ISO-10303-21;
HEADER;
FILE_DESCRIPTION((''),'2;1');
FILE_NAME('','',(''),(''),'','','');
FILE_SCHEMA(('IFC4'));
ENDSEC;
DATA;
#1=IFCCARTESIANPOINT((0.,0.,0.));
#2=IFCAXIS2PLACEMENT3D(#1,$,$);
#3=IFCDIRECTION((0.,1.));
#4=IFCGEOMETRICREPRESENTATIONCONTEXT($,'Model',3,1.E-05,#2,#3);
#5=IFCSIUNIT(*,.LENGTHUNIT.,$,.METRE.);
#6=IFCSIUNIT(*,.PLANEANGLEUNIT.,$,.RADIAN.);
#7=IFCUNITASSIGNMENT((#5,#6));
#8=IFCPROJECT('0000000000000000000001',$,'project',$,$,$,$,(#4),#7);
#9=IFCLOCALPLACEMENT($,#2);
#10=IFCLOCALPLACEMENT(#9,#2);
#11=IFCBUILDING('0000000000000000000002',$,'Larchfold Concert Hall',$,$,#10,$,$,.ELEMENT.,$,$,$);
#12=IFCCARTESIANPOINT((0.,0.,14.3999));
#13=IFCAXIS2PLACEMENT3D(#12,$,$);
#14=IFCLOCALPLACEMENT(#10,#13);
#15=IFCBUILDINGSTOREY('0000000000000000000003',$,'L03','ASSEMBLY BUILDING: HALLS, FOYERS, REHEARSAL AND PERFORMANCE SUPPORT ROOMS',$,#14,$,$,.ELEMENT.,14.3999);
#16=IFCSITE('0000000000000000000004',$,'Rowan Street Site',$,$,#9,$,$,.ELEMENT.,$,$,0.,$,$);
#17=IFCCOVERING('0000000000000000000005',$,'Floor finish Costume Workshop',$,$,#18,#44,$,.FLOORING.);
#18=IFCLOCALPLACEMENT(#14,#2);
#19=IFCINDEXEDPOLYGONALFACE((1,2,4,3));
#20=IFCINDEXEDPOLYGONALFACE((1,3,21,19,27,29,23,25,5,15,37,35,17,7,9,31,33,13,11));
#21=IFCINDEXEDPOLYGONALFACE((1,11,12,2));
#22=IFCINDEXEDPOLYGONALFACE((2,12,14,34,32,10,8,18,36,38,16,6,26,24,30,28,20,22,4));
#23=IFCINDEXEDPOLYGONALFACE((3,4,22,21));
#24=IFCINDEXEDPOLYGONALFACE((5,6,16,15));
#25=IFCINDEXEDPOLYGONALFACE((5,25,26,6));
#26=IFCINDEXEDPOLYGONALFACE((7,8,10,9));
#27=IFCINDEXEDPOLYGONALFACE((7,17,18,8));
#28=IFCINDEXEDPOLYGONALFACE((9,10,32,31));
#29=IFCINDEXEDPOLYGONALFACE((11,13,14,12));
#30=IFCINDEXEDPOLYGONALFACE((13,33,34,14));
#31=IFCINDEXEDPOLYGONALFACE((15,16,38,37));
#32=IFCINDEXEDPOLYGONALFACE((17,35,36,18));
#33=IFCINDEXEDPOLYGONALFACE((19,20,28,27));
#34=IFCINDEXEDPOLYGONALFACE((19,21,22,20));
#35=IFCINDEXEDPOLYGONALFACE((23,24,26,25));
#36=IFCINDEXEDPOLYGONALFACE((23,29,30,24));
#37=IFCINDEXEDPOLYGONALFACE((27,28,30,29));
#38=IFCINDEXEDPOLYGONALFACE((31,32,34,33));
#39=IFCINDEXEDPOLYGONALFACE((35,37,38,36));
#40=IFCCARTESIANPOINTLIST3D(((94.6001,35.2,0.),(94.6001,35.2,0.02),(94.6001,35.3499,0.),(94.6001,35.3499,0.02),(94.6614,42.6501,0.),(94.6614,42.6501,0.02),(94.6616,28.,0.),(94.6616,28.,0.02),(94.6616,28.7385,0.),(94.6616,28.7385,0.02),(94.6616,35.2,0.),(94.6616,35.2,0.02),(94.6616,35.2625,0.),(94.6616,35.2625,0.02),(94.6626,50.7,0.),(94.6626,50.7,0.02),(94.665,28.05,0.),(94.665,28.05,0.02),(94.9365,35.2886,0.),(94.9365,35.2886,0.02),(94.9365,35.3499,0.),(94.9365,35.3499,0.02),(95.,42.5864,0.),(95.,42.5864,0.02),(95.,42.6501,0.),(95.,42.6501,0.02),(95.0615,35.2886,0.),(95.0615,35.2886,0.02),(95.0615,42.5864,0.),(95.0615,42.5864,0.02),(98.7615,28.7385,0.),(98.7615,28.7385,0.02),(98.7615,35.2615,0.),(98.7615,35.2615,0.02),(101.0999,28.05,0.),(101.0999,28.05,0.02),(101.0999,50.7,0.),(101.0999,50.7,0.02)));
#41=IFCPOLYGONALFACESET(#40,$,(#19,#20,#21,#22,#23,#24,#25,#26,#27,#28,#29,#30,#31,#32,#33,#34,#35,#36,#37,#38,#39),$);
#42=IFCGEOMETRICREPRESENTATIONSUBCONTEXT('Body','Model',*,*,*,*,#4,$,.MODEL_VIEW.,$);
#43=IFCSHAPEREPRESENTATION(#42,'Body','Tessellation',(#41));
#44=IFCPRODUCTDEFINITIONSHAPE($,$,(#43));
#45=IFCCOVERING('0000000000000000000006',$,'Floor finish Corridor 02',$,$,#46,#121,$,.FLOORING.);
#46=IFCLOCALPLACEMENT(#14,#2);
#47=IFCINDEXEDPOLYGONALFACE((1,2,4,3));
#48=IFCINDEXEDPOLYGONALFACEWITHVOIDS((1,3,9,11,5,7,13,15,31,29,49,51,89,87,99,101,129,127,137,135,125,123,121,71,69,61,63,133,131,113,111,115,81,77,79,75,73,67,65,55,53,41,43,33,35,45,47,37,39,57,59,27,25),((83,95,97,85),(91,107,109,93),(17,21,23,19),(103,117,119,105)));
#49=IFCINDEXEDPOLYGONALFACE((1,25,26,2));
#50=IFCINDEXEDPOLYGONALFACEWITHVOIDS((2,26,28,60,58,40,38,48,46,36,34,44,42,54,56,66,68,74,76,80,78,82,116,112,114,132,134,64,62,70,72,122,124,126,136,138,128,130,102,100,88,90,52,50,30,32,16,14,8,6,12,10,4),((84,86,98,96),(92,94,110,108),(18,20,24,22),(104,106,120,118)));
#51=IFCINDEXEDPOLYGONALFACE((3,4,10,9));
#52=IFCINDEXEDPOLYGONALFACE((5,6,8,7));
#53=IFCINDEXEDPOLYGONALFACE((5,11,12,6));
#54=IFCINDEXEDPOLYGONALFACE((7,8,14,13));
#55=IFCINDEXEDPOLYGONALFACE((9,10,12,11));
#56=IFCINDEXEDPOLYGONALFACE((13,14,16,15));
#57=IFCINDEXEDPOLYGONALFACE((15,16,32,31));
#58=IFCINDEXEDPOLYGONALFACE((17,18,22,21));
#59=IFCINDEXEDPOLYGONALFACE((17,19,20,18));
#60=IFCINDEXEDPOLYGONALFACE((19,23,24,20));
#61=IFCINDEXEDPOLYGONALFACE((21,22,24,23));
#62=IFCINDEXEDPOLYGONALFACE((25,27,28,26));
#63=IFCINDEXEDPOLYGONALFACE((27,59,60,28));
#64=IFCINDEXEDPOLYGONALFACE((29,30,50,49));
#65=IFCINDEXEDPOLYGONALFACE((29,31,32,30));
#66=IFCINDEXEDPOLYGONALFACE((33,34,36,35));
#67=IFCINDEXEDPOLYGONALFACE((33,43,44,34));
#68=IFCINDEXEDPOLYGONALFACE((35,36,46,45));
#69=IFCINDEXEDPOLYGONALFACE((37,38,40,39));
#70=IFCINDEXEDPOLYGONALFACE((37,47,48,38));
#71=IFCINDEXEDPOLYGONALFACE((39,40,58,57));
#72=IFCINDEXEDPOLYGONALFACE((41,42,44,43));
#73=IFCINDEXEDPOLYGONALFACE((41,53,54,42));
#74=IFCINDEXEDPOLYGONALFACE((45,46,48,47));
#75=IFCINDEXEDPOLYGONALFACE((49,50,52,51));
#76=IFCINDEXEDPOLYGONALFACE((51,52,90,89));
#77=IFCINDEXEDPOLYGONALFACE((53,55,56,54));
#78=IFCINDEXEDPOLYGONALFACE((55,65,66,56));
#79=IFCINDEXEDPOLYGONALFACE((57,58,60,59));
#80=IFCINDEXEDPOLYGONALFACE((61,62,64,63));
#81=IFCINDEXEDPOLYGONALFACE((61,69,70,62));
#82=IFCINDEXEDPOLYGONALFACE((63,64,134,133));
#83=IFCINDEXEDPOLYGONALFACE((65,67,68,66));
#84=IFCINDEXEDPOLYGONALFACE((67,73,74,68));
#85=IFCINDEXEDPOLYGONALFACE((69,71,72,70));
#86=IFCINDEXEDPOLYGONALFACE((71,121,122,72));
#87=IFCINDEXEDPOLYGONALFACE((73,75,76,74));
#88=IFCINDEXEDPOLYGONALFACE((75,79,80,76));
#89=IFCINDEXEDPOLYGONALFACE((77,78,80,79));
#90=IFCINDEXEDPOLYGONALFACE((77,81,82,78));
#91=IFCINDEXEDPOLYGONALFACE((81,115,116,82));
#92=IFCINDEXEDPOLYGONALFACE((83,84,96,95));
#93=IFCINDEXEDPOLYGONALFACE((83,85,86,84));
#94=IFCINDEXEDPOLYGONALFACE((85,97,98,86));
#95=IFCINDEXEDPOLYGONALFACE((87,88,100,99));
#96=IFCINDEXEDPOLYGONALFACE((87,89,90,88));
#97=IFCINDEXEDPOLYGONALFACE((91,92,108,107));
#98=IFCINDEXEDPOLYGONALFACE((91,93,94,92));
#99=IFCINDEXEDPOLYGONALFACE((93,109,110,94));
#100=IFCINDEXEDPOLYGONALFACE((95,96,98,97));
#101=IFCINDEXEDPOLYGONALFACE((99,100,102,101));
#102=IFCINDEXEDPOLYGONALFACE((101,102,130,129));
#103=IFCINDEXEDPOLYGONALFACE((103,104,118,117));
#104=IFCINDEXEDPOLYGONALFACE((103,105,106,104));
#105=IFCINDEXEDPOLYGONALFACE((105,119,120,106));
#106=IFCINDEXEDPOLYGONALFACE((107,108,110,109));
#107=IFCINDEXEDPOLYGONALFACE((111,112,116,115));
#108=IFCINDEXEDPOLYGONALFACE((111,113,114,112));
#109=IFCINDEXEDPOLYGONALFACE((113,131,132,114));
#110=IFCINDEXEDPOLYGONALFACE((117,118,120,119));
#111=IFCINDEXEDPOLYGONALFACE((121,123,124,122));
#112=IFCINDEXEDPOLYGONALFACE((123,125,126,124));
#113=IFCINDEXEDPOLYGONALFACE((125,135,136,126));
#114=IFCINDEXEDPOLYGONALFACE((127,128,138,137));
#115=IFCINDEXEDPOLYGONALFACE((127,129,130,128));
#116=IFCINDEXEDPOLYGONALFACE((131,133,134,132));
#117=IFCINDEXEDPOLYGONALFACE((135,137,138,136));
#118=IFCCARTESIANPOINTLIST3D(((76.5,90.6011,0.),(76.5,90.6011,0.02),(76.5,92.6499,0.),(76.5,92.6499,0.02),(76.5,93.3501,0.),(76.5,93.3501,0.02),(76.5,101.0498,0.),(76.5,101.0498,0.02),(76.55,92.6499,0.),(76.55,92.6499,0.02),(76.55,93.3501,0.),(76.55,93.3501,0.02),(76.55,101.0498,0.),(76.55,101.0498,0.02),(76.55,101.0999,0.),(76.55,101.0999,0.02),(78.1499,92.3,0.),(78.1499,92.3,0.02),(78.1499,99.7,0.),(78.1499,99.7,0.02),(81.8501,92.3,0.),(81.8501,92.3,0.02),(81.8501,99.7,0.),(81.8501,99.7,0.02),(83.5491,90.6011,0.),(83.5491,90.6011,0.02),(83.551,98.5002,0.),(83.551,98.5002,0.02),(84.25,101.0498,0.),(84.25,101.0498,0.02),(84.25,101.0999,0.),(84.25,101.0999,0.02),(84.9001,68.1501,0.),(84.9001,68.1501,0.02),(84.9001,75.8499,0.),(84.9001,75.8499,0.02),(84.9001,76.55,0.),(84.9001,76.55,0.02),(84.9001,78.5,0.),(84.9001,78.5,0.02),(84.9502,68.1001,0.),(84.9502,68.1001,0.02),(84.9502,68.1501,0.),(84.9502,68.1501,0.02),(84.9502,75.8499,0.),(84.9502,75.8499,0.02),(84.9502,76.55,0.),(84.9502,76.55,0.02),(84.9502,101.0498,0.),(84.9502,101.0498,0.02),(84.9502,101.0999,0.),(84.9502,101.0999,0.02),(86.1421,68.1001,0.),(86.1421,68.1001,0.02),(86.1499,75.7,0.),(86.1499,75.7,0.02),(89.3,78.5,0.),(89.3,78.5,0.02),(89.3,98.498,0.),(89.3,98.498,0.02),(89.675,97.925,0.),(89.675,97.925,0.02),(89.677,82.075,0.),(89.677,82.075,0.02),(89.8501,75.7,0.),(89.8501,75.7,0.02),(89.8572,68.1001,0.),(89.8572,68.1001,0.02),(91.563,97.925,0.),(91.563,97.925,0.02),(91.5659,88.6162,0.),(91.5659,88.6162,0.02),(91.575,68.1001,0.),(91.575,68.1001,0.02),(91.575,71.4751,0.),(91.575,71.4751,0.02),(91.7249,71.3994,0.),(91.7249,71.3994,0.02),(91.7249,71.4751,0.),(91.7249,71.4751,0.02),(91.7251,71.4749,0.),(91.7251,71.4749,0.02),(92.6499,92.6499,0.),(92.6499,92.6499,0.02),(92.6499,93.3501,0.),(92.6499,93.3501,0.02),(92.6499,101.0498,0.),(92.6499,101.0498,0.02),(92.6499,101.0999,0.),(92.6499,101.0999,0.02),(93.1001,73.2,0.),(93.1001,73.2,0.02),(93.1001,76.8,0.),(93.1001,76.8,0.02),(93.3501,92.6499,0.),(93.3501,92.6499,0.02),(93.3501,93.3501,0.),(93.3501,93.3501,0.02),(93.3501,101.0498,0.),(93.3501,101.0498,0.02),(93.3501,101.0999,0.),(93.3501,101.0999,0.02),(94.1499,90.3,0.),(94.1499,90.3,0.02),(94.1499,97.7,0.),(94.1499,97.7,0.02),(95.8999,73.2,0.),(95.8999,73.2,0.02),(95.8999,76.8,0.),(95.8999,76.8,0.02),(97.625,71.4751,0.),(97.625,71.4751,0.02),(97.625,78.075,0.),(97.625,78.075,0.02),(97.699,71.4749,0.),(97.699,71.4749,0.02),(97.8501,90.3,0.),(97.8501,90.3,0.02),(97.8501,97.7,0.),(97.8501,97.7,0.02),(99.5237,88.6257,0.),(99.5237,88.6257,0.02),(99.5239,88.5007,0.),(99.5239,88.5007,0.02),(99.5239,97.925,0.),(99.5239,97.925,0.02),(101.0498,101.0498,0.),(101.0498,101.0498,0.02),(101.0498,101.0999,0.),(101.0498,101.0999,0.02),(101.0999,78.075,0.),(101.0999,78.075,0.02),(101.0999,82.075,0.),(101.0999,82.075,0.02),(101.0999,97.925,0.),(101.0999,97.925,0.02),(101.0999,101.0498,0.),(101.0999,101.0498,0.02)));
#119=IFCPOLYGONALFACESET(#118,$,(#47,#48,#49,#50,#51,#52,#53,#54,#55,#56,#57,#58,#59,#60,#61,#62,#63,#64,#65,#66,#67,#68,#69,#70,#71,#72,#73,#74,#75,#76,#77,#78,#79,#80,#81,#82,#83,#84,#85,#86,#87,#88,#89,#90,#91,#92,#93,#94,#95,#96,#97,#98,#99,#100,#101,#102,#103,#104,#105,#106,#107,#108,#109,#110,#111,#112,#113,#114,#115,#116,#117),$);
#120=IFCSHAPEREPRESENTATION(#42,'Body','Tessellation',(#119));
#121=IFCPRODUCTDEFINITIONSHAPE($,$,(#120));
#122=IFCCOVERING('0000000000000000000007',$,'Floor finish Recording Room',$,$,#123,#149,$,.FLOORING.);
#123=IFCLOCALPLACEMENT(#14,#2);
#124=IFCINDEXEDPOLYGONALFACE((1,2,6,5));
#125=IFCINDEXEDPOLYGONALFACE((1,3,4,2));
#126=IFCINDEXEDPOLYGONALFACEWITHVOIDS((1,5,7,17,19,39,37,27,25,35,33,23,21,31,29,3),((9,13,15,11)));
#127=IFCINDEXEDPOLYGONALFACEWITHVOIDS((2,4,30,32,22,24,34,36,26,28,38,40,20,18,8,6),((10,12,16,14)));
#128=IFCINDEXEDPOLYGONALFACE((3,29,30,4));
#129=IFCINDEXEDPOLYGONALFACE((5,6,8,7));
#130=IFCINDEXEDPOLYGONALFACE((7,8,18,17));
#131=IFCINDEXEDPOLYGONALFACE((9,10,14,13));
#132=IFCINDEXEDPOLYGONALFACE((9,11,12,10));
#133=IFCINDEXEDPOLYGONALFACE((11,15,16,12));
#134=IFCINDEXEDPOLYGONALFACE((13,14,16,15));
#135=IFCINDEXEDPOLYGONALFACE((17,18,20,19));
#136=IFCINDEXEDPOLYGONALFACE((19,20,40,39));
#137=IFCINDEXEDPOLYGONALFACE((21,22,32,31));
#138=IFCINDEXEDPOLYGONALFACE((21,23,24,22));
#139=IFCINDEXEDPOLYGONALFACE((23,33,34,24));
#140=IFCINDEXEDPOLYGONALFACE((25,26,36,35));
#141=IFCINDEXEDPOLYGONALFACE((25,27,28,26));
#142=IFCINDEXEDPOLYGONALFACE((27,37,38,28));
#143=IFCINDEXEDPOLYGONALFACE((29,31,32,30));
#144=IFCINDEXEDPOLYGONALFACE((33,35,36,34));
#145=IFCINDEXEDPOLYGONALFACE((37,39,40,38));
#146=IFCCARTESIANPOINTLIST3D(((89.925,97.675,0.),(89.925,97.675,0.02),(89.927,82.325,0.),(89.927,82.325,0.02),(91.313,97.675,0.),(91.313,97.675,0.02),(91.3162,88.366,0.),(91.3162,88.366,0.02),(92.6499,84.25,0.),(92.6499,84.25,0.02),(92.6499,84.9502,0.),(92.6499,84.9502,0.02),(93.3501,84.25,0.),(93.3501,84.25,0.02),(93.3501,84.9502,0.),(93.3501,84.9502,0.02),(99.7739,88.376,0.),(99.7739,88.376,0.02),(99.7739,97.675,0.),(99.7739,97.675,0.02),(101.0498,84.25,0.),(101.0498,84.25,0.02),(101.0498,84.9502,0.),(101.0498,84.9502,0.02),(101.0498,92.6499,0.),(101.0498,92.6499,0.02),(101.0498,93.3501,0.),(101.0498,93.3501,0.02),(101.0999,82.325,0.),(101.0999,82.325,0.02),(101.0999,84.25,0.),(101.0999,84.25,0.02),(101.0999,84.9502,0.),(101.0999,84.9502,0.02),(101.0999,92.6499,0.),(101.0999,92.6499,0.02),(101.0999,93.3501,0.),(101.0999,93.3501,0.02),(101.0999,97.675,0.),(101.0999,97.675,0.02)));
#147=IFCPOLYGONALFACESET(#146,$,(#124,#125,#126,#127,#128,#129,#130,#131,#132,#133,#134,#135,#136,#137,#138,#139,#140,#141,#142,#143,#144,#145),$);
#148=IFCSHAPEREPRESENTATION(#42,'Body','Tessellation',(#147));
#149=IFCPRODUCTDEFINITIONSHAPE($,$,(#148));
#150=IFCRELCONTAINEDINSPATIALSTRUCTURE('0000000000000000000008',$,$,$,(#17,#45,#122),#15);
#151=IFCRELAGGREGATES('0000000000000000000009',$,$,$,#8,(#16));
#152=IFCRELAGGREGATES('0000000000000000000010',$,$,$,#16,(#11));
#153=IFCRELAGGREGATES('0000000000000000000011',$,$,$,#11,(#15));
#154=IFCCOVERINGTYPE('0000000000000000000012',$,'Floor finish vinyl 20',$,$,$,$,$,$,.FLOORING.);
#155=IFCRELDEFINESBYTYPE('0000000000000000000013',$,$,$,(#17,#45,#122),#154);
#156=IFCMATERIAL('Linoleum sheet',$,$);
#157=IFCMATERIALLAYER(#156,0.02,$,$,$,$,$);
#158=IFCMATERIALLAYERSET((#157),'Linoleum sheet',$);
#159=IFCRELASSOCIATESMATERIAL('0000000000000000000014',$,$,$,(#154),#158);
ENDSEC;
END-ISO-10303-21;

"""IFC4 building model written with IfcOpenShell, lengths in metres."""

from ifc_helpers import new_model, si_unit, direction, frame, origin, place, context, subcontext, project, spatial, polyline, outline, extrude, material, layer, layer_set, type_object, element, save


model = new_model("IFC4")

# Units and contexts
model_context = context("Model", 3, precision=1e-05, world=origin(), true_north=direction((0.0, 1.0)))
body_context = subcontext(model_context, "Body", "Model", "MODEL_VIEW")
ifc_project = project(units=[si_unit("LENGTHUNIT", "METRE"), si_unit("PLANEANGLEUNIT", "RADIAN")], contexts=[model_context])

# Site, building, storey
site_placement = place(None, origin())
site = spatial("IfcSite", under=ifc_project, at=site_placement, Name="Rowan Street Site", CompositionType="ELEMENT", RefElevation=0.0)
building_placement = place(site_placement, origin())
building = spatial("IfcBuilding", under=site, at=building_placement, Name="Larchfold Concert Hall", CompositionType="ELEMENT")
storey_placement = place(building_placement, frame((0.0, 0.0, 14.3999)))
storey = spatial("IfcBuildingStorey", under=building, at=storey_placement, Name="L03", Description="ASSEMBLY BUILDING: HALLS, FOYERS, REHEARSAL AND PERFORMANCE SUPPORT ROOMS", CompositionType="ELEMENT", Elevation=14.3999)

# Coverings
ifc_material_1 = material(Name="Linoleum sheet")
ifc_layer_1 = layer(ifc_material_1, 0.02)
ifc_layer_set_1 = layer_set([ifc_layer_1], Name="Linoleum sheet")
covering_type_1 = type_object("IfcCoveringType", Name="Floor finish vinyl 20", PredefinedType="FLOORING", material=ifc_layer_set_1)
covering_1_placement = place(storey_placement, origin())
element("IfcCovering", 1, at=covering_1_placement, inside=storey, type_object=covering_type_1, Name="Floor finish Costume Workshop", PredefinedType="FLOORING", context=body_context, shape_type="SweptSolid", body=[
    extrude(outline(polyline([(94.6626, 50.7), (94.6614, 42.6501), (95.0, 42.6501), (95.0, 42.5864), (95.0615, 42.5864), (95.0615, 35.2886), (94.9365, 35.2886), (94.9365, 35.3499), (94.6001, 35.3499), (94.6001, 35.2), (94.6616, 35.2), (94.6616, 35.2625), (98.7615, 35.2615), (98.7615, 28.7385), (94.6616, 28.7385), (94.6616, 28.0), (94.665, 28.05), (101.0999, 28.05), (101.0999, 50.7), (94.6626, 50.7)])), origin(), (0.0, 0.0, 1.0), 0.02),
])
covering_2_placement = place(storey_placement, origin())
element("IfcCovering", 2, at=covering_2_placement, inside=storey, type_object=covering_type_1, Name="Floor finish Corridor 02", PredefinedType="FLOORING", context=body_context, shape_type="SweptSolid", body=[
    extrude(outline(polyline([(83.551, 98.5002), (89.3, 98.498), (89.3, 78.5), (84.9001, 78.5), (84.9001, 76.55), (84.9502, 76.55), (84.9502, 75.8499), (84.9001, 75.8499), (84.9001, 68.1501), (84.9502, 68.1501), (84.9502, 68.1001), (86.1421, 68.1001), (86.1499, 75.7), (89.8501, 75.7), (89.8572, 68.1001), (91.575, 68.1001), (91.575, 71.4751), (91.7249, 71.4751), (91.7249, 71.3994), (91.7251, 71.4749), (97.699, 71.4749), (97.625, 71.4751), (97.625, 78.075), (101.0999, 78.075), (101.0999, 82.075), (89.677, 82.075), (89.675, 97.925), (91.563, 97.925), (91.5659, 88.6162), (99.5237, 88.6257), (99.5239, 88.5007), (99.5239, 97.925), (101.0999, 97.925), (101.0999, 101.0498), (101.0498, 101.0498), (101.0498, 101.0999), (93.3501, 101.0999), (93.3501, 101.0498), (92.6499, 101.0498), (92.6499, 101.0999), (84.9502, 101.0999), (84.9502, 101.0498), (84.25, 101.0498), (84.25, 101.0999), (76.55, 101.0999), (76.55, 101.0498), (76.5, 101.0498), (76.5, 93.3501), (76.55, 93.3501), (76.55, 92.6499), (76.5, 92.6499), (76.5, 90.6011), (83.5491, 90.6011), (83.551, 98.5002)]), holes=[polyline([(94.1499, 97.7), (97.8501, 97.7), (97.8501, 90.3), (94.1499, 90.3), (94.1499, 97.7)]), polyline([(93.1001, 73.2), (93.1001, 76.8), (95.8999, 76.8), (95.8999, 73.2), (93.1001, 73.2)]), polyline([(93.3501, 93.3501), (93.3501, 92.6499), (92.6499, 92.6499), (92.6499, 93.3501), (93.3501, 93.3501)]), polyline([(78.1499, 99.7), (81.8501, 99.7), (81.8501, 92.3), (78.1499, 92.3), (78.1499, 99.7)])]), origin(), (0.0, 0.0, 1.0), 0.02),
])
covering_3_placement = place(storey_placement, origin())
element("IfcCovering", 3, at=covering_3_placement, inside=storey, type_object=covering_type_1, Name="Floor finish Recording Room", PredefinedType="FLOORING", context=body_context, shape_type="SweptSolid", body=[
    extrude(outline(polyline([(89.927, 82.2), (89.927, 82.325), (101.0999, 82.325), (101.0999, 84.25), (101.0498, 84.25), (101.0498, 84.9502), (101.0999, 84.9502), (101.0999, 92.6499), (101.0498, 92.6499), (101.0498, 93.3501), (101.0999, 93.3501), (101.0999, 97.675), (99.7739, 97.675), (99.7739, 88.376), (91.3162, 88.366), (91.313, 97.8), (91.313, 97.675), (89.925, 97.675), (89.927, 82.2)]), holes=[polyline([(93.3501, 84.9502), (93.3501, 84.25), (92.6499, 84.25), (92.6499, 84.9502), (93.3501, 84.9502)])]), origin(), (0.0, 0.0, 1.0), 0.02),
])

save(model, "model.ifc")
